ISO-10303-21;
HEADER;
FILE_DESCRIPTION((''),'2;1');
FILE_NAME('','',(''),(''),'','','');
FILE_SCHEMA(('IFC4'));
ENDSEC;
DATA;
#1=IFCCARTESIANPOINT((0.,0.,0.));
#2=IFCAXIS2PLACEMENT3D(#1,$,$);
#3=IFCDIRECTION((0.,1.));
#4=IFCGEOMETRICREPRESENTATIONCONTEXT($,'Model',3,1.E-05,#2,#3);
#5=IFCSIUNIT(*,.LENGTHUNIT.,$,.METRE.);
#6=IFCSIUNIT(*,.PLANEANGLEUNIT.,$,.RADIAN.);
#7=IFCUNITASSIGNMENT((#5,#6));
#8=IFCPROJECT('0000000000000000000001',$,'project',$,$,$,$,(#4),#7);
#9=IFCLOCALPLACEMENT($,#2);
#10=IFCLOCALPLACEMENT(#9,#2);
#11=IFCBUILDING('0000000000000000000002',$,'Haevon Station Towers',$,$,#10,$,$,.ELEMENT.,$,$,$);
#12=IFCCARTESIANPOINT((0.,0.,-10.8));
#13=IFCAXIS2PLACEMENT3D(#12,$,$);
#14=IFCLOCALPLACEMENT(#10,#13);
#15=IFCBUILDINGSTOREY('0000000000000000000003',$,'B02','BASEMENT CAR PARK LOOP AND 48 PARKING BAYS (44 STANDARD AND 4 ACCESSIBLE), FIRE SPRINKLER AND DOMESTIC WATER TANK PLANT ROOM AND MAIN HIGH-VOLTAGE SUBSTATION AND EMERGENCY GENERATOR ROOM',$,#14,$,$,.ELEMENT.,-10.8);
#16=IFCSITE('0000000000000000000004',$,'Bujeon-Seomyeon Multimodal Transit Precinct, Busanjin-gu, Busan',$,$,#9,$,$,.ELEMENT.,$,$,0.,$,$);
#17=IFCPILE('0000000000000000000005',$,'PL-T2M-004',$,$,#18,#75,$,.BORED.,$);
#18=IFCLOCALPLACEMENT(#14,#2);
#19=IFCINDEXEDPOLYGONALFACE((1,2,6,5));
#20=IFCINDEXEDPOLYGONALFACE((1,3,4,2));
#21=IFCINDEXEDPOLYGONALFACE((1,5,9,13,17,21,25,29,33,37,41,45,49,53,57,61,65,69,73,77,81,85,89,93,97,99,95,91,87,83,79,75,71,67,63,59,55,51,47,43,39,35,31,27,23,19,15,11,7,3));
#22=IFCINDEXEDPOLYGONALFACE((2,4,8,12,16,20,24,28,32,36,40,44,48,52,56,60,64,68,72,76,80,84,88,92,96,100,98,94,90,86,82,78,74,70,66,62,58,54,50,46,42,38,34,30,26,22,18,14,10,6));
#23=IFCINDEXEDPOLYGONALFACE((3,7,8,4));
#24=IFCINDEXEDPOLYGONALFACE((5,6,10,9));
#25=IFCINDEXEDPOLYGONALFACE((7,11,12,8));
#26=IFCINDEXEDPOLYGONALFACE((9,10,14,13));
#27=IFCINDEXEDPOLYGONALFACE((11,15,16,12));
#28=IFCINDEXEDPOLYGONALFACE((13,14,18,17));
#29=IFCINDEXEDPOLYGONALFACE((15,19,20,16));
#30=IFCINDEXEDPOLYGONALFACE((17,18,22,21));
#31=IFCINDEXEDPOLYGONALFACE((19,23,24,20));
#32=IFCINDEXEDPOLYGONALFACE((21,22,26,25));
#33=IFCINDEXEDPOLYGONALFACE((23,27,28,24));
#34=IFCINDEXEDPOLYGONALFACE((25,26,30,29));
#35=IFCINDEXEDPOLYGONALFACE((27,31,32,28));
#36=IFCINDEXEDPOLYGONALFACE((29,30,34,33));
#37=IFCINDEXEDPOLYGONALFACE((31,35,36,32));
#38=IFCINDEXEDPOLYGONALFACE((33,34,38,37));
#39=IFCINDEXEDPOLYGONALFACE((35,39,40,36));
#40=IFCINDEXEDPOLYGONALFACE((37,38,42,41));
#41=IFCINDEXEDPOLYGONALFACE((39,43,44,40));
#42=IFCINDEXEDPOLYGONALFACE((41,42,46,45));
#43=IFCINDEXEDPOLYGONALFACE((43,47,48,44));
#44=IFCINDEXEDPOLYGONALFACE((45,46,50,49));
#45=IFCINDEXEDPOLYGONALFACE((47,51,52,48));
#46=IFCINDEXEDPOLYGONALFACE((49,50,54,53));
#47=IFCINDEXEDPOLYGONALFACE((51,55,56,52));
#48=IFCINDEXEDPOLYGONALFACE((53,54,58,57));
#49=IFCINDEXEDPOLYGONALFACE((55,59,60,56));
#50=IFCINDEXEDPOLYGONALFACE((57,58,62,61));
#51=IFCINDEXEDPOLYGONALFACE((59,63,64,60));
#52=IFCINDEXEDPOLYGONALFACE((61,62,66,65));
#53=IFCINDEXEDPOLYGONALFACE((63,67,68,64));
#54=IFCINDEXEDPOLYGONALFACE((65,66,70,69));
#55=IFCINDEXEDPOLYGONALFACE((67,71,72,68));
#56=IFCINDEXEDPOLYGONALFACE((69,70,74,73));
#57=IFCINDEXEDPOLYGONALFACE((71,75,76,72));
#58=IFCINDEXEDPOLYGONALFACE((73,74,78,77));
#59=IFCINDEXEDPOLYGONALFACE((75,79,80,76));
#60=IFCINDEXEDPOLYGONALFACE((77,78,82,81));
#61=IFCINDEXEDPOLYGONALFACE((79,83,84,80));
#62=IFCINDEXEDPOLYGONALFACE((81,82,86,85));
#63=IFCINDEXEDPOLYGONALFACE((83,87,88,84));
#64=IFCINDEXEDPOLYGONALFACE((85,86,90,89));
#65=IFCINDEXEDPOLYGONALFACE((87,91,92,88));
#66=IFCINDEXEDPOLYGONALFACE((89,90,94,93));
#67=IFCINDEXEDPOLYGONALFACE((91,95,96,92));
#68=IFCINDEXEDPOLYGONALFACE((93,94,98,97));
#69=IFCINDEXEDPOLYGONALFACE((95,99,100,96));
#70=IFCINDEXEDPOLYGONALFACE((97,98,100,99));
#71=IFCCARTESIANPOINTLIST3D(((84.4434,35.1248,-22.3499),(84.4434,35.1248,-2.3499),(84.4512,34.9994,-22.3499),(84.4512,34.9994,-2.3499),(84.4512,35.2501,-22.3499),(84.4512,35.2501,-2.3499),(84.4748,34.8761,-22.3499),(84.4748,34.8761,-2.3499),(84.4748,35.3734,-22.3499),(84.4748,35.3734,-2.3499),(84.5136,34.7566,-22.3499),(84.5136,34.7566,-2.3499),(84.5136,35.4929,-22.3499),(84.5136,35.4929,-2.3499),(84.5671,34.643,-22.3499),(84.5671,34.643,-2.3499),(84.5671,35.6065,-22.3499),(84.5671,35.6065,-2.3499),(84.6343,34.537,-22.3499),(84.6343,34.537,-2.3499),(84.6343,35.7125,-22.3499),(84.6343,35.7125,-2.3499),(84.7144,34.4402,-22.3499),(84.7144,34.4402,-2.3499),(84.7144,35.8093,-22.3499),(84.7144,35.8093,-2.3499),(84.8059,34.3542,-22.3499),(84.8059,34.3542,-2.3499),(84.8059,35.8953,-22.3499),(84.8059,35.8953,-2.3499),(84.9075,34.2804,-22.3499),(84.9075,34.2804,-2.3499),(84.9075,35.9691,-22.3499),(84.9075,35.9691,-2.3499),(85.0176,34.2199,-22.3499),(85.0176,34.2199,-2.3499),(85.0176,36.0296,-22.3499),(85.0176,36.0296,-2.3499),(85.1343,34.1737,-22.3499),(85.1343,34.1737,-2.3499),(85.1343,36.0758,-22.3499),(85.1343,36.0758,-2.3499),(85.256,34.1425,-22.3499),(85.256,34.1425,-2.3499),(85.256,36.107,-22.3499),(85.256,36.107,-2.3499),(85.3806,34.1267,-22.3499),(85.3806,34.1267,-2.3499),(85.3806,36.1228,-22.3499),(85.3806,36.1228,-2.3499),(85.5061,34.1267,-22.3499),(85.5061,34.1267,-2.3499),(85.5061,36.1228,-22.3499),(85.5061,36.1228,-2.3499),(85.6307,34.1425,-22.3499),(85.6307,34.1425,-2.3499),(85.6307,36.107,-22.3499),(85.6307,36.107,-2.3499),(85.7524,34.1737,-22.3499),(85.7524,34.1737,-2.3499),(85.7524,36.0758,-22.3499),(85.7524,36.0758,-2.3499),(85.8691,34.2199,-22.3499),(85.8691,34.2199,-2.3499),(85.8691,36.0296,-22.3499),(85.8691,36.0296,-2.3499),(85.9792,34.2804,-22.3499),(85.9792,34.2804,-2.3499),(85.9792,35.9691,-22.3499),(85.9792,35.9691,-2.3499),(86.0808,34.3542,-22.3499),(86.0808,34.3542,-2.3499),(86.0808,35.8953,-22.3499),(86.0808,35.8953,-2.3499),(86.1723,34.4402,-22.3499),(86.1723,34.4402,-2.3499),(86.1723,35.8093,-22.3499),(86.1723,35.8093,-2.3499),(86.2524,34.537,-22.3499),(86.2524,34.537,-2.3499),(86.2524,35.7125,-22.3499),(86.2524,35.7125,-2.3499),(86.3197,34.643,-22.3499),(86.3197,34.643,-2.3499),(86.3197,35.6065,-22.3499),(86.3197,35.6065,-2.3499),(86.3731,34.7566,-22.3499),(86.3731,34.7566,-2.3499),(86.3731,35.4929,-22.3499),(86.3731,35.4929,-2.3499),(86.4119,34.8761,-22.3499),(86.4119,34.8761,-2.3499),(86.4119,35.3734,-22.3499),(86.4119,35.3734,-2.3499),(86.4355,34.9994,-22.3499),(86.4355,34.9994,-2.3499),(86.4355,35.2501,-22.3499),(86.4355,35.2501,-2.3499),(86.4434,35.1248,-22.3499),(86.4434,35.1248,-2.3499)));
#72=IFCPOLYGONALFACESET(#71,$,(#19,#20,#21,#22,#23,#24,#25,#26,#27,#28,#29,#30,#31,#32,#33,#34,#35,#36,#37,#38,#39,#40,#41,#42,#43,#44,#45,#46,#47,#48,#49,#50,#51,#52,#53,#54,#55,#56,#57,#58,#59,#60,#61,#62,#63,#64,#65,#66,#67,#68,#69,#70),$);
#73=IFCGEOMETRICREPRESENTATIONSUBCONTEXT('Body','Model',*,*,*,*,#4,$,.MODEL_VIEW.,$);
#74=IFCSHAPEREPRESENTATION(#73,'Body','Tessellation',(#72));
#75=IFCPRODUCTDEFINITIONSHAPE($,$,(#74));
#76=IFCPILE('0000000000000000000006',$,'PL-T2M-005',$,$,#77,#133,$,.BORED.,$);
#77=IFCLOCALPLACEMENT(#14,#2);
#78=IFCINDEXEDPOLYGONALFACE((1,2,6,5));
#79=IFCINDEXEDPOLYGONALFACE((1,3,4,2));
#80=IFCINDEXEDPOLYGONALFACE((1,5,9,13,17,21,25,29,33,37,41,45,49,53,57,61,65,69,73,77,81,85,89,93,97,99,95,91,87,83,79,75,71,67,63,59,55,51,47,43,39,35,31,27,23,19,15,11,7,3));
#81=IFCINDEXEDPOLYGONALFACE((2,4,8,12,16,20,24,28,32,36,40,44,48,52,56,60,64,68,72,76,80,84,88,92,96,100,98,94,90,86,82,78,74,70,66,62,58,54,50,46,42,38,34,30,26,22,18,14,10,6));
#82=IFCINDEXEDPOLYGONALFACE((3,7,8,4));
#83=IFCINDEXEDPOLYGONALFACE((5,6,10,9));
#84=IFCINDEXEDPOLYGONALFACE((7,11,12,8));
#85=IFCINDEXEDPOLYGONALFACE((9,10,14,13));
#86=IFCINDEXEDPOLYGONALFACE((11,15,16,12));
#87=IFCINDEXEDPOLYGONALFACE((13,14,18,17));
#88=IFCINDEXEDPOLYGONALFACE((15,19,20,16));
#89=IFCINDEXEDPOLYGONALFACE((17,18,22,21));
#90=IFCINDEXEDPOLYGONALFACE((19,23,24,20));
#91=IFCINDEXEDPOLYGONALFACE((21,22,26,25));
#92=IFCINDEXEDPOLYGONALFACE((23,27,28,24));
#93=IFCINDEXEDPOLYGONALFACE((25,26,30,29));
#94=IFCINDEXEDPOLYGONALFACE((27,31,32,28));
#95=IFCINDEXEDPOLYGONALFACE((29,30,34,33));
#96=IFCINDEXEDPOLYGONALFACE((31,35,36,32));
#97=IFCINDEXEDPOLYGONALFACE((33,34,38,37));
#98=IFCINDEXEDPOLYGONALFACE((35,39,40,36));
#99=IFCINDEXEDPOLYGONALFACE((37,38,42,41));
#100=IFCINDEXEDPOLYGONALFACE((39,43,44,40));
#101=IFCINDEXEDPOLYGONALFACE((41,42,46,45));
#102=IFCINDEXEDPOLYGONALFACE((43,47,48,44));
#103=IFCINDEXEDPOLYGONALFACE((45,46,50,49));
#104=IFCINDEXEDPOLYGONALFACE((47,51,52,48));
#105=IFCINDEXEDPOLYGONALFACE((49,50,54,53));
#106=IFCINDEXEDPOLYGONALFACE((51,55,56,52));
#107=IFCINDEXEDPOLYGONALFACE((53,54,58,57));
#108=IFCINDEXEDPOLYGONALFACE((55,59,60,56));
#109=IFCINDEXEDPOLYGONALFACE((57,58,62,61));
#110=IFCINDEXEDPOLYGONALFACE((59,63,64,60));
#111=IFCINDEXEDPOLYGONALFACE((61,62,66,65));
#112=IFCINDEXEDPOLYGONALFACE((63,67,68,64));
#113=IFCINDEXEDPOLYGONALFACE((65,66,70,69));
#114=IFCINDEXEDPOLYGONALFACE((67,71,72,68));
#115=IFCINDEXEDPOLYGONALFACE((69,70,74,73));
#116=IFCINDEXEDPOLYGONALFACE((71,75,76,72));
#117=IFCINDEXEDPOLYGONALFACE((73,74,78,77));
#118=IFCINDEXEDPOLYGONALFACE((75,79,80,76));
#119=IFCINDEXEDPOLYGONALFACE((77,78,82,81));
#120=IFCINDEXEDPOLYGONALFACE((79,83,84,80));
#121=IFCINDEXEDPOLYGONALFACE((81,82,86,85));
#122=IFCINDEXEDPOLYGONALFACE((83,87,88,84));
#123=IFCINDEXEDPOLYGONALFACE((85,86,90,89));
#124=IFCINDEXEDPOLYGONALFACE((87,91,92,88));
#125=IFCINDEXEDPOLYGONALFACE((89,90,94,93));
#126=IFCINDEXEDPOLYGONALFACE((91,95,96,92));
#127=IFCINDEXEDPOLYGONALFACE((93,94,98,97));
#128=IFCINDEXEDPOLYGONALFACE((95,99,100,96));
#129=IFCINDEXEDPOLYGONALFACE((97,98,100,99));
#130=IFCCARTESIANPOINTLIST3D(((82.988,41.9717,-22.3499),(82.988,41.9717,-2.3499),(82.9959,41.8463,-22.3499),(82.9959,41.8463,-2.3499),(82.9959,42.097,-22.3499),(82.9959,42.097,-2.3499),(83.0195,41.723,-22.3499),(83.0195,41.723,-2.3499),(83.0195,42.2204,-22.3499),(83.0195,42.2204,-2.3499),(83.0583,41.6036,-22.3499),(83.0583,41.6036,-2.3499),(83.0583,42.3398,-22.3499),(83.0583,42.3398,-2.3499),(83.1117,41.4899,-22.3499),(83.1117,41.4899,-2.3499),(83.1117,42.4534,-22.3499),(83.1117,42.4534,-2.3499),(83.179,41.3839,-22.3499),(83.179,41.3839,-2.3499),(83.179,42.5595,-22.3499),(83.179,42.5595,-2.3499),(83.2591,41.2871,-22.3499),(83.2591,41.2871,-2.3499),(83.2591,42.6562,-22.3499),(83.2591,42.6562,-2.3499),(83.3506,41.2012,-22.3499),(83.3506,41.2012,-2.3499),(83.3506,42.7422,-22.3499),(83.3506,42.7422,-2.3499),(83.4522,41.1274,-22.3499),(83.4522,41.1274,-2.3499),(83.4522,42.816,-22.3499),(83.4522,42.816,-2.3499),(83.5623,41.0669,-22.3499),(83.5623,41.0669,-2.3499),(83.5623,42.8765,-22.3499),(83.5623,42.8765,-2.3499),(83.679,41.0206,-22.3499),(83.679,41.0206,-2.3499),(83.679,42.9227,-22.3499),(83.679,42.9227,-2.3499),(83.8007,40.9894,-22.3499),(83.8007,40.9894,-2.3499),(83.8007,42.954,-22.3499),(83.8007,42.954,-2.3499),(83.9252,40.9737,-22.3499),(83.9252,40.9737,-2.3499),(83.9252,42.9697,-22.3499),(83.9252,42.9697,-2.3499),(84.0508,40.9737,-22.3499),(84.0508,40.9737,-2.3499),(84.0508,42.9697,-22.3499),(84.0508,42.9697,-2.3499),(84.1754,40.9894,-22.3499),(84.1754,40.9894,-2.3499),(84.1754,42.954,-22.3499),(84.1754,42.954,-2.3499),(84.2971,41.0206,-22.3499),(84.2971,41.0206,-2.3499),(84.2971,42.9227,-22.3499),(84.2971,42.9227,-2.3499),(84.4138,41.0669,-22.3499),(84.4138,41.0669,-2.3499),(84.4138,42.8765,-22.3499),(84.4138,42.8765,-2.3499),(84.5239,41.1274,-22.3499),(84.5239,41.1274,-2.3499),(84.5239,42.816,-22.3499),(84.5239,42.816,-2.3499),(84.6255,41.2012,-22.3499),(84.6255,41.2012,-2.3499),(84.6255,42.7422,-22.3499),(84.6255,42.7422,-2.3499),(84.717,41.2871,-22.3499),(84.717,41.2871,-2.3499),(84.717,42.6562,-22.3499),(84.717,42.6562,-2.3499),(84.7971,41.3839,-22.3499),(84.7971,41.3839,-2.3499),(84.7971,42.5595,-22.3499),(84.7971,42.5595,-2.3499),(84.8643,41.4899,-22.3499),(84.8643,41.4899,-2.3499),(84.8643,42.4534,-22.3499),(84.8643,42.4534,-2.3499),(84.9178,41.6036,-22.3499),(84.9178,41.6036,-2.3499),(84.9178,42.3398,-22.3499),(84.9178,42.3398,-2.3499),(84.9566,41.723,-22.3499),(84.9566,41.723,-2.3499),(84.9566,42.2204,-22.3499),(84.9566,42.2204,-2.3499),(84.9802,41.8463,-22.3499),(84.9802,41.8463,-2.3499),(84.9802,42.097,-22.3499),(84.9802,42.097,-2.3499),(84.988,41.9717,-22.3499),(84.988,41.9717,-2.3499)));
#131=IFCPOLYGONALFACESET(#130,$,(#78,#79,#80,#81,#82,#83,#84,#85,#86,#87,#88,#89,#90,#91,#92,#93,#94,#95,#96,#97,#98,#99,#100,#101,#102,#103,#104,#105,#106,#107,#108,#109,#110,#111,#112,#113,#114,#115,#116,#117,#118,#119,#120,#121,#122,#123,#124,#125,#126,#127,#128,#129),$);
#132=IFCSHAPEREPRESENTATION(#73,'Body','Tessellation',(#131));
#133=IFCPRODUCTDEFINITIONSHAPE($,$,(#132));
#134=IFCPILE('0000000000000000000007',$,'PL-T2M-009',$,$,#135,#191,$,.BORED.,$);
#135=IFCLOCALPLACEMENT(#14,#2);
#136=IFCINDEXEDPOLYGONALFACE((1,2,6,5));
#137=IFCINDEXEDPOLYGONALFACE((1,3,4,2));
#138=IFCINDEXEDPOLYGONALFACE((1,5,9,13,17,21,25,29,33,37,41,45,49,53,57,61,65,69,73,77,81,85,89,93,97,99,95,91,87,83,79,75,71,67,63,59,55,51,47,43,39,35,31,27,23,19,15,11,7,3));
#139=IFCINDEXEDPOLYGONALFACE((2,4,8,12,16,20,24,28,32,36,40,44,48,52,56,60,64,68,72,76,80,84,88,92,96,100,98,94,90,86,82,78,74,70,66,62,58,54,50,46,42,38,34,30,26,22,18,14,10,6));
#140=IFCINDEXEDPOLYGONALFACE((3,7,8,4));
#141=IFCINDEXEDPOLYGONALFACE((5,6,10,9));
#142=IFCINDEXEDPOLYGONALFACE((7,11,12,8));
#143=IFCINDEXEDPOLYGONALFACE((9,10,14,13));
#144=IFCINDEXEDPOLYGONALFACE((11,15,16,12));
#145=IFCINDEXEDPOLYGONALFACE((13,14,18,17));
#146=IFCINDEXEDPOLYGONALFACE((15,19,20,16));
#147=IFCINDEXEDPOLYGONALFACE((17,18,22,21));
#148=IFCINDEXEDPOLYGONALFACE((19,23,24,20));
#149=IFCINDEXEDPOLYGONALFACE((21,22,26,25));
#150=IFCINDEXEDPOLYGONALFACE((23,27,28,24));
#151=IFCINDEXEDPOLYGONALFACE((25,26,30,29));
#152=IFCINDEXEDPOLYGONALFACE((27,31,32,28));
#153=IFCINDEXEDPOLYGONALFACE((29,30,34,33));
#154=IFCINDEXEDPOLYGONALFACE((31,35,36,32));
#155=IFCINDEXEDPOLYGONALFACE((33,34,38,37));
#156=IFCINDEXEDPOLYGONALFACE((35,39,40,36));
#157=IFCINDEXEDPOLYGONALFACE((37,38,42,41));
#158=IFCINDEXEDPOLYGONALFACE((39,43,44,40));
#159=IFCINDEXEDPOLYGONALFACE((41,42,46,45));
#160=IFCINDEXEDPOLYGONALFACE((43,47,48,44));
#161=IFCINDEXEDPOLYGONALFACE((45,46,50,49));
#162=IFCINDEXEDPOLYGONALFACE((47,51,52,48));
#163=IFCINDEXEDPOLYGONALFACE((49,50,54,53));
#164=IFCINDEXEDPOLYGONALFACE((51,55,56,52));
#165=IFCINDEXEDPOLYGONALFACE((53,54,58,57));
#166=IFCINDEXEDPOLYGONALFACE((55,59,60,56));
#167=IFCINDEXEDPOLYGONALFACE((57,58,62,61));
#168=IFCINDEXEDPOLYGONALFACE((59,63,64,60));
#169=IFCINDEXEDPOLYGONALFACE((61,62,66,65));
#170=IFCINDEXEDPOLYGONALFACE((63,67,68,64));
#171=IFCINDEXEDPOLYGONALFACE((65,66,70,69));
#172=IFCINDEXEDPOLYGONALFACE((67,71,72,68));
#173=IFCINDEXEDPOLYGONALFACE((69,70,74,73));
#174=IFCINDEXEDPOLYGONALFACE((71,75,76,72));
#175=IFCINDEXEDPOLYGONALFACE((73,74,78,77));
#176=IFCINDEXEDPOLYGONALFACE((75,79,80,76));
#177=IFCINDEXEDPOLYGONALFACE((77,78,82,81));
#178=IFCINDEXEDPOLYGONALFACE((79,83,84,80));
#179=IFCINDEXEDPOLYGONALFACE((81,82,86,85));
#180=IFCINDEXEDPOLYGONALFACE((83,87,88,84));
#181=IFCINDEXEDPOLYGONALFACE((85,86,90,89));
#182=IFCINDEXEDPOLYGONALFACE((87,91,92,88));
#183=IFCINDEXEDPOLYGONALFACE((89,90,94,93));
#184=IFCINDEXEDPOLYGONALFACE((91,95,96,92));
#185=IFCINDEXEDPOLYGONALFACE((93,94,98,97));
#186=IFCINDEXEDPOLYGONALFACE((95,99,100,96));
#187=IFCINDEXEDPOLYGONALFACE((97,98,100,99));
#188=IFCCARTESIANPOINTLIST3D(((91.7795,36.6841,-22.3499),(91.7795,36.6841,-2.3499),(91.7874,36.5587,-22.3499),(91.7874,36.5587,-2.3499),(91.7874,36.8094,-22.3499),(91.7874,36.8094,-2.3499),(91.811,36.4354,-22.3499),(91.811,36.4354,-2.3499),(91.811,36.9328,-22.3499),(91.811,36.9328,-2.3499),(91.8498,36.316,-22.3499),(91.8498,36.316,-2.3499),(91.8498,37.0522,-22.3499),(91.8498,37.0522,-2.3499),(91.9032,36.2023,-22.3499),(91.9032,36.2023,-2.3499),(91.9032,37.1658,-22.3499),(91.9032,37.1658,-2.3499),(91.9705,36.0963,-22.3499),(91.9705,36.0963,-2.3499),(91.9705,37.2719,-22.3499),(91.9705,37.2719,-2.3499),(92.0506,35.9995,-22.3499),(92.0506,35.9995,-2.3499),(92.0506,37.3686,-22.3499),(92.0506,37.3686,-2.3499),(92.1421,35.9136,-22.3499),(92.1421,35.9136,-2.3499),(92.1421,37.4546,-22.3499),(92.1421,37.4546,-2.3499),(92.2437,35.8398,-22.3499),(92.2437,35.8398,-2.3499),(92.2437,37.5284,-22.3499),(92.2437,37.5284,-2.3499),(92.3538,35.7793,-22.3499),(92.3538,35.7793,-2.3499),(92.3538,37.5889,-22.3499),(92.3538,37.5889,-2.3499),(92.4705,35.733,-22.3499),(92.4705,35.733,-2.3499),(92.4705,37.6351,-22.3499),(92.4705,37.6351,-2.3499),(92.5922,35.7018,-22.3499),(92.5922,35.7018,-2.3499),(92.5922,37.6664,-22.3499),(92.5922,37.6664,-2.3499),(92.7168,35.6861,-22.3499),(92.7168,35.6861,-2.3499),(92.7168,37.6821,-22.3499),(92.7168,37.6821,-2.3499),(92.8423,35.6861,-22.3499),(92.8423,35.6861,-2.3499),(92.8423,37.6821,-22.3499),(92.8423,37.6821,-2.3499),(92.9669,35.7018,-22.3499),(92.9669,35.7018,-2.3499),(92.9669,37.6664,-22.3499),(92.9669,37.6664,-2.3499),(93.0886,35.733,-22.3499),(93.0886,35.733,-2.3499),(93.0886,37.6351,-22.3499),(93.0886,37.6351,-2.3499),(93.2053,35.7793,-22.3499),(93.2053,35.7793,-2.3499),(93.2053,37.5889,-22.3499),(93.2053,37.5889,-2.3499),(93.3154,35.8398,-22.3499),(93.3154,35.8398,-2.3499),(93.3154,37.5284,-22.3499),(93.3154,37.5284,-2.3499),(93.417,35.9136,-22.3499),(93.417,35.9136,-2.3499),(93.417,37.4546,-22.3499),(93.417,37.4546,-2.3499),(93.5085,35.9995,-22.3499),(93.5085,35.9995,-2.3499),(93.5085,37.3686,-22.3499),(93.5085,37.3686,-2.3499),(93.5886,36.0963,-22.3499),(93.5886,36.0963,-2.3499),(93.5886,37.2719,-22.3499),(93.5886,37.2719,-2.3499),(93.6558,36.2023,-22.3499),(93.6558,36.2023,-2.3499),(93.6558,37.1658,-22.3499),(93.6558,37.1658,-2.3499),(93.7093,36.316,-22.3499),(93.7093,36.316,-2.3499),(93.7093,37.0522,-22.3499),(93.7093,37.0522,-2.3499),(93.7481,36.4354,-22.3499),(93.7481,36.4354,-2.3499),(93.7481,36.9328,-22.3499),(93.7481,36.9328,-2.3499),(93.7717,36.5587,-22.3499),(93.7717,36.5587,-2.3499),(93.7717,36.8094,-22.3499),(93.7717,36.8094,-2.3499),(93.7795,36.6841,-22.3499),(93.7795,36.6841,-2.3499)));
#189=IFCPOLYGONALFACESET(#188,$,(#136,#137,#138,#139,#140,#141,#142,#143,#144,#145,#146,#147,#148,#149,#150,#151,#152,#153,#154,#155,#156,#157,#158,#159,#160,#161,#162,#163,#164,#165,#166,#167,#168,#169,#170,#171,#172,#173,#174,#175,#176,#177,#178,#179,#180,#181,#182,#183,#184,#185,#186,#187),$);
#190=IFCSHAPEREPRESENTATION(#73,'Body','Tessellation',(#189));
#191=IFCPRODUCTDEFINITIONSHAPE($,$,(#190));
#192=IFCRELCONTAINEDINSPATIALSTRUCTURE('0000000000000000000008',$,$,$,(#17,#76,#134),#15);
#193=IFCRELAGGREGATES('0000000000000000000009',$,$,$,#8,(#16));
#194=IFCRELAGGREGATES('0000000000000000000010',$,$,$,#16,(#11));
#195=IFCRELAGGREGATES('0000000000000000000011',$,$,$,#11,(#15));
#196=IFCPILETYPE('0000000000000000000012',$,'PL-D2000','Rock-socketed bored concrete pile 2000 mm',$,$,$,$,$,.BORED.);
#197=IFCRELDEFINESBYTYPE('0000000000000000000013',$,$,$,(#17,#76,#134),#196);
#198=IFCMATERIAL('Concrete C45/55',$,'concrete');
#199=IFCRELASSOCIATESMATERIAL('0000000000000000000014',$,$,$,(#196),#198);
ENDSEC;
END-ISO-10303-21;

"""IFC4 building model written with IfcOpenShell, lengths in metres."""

from ifc_helpers import new_model, si_unit, direction, frame, origin, origin_2d, place, context, subcontext, project, spatial, circle, extrude, material, material_profile, profile_set, type_object, element, save


model = new_model("IFC4")

# Units and contexts
model_context = context("Model", 3, precision=1e-05, world=origin(), true_north=direction((0.0, 1.0)))
body_context = subcontext(model_context, "Body", "Model", "MODEL_VIEW")
ifc_project = project(units=[si_unit("LENGTHUNIT", "METRE"), si_unit("PLANEANGLEUNIT", "RADIAN")], contexts=[model_context])

# Site, building, storey
site_placement = place(None, origin())
site = spatial("IfcSite", under=ifc_project, at=site_placement, Name="Bujeon-Seomyeon Multimodal Transit Precinct, Busanjin-gu, Busan", CompositionType="ELEMENT", RefElevation=0.0)
building_placement = place(site_placement, origin())
building = spatial("IfcBuilding", under=site, at=building_placement, Name="Haevon Station Towers", CompositionType="ELEMENT")
storey_placement = place(building_placement, frame((0.0, 0.0, -10.8)))
storey = spatial("IfcBuildingStorey", under=building, at=storey_placement, Name="B02", Description="BASEMENT CAR PARK LOOP AND 48 PARKING BAYS (44 STANDARD AND 4 ACCESSIBLE), FIRE SPRINKLER AND DOMESTIC WATER TANK PLANT ROOM AND MAIN HIGH-VOLTAGE SUBSTATION AND EMERGENCY GENERATOR ROOM", CompositionType="ELEMENT", Elevation=-10.8)

# Piles
ifc_material_1 = material(Name="Concrete C45/55", Category="concrete")
ifc_material_profile_1 = material_profile(ifc_material_1, circle(Radius=1.0, at=origin_2d()), Name="PILE-D2000")
ifc_profile_set_1 = profile_set([ifc_material_profile_1], Name="Concrete C45/55")
pile_type = type_object("IfcPileType", Name="PL-D2000", Description="Rock-socketed bored concrete pile 2000 mm", PredefinedType="BORED", material=ifc_profile_set_1)
for number, where, z_axis, x_axis, name in (
    (1, (85.4434, 35.1248, -2.3499), (0.0, 0.0, -1.0), (1.0, 0.0, 0.0), "PL-T2M-004"),
    (2, (83.988, 41.9717, -2.3499), (0.0, 0.0, -1.0), (1.0, 0.0, 0.0), "PL-T2M-005"),
    (3, (92.7795, 36.6841, -2.3499), (0.0, 0.0, -1.0), (1.0, 0.0, 0.0), "PL-T2M-009"),
):
    element("IfcPile", number, at=place(storey_placement, frame(where, z_axis=z_axis, x_axis=x_axis)), inside=storey, type_object=pile_type, Name=name, PredefinedType="BORED", context=body_context, shape_type="SweptSolid", body=[
        extrude(circle(Radius=1.0, at=origin_2d()), origin(), (0.0, 0.0, 1.0), 20.0),
    ])

save(model, "model.ifc")
